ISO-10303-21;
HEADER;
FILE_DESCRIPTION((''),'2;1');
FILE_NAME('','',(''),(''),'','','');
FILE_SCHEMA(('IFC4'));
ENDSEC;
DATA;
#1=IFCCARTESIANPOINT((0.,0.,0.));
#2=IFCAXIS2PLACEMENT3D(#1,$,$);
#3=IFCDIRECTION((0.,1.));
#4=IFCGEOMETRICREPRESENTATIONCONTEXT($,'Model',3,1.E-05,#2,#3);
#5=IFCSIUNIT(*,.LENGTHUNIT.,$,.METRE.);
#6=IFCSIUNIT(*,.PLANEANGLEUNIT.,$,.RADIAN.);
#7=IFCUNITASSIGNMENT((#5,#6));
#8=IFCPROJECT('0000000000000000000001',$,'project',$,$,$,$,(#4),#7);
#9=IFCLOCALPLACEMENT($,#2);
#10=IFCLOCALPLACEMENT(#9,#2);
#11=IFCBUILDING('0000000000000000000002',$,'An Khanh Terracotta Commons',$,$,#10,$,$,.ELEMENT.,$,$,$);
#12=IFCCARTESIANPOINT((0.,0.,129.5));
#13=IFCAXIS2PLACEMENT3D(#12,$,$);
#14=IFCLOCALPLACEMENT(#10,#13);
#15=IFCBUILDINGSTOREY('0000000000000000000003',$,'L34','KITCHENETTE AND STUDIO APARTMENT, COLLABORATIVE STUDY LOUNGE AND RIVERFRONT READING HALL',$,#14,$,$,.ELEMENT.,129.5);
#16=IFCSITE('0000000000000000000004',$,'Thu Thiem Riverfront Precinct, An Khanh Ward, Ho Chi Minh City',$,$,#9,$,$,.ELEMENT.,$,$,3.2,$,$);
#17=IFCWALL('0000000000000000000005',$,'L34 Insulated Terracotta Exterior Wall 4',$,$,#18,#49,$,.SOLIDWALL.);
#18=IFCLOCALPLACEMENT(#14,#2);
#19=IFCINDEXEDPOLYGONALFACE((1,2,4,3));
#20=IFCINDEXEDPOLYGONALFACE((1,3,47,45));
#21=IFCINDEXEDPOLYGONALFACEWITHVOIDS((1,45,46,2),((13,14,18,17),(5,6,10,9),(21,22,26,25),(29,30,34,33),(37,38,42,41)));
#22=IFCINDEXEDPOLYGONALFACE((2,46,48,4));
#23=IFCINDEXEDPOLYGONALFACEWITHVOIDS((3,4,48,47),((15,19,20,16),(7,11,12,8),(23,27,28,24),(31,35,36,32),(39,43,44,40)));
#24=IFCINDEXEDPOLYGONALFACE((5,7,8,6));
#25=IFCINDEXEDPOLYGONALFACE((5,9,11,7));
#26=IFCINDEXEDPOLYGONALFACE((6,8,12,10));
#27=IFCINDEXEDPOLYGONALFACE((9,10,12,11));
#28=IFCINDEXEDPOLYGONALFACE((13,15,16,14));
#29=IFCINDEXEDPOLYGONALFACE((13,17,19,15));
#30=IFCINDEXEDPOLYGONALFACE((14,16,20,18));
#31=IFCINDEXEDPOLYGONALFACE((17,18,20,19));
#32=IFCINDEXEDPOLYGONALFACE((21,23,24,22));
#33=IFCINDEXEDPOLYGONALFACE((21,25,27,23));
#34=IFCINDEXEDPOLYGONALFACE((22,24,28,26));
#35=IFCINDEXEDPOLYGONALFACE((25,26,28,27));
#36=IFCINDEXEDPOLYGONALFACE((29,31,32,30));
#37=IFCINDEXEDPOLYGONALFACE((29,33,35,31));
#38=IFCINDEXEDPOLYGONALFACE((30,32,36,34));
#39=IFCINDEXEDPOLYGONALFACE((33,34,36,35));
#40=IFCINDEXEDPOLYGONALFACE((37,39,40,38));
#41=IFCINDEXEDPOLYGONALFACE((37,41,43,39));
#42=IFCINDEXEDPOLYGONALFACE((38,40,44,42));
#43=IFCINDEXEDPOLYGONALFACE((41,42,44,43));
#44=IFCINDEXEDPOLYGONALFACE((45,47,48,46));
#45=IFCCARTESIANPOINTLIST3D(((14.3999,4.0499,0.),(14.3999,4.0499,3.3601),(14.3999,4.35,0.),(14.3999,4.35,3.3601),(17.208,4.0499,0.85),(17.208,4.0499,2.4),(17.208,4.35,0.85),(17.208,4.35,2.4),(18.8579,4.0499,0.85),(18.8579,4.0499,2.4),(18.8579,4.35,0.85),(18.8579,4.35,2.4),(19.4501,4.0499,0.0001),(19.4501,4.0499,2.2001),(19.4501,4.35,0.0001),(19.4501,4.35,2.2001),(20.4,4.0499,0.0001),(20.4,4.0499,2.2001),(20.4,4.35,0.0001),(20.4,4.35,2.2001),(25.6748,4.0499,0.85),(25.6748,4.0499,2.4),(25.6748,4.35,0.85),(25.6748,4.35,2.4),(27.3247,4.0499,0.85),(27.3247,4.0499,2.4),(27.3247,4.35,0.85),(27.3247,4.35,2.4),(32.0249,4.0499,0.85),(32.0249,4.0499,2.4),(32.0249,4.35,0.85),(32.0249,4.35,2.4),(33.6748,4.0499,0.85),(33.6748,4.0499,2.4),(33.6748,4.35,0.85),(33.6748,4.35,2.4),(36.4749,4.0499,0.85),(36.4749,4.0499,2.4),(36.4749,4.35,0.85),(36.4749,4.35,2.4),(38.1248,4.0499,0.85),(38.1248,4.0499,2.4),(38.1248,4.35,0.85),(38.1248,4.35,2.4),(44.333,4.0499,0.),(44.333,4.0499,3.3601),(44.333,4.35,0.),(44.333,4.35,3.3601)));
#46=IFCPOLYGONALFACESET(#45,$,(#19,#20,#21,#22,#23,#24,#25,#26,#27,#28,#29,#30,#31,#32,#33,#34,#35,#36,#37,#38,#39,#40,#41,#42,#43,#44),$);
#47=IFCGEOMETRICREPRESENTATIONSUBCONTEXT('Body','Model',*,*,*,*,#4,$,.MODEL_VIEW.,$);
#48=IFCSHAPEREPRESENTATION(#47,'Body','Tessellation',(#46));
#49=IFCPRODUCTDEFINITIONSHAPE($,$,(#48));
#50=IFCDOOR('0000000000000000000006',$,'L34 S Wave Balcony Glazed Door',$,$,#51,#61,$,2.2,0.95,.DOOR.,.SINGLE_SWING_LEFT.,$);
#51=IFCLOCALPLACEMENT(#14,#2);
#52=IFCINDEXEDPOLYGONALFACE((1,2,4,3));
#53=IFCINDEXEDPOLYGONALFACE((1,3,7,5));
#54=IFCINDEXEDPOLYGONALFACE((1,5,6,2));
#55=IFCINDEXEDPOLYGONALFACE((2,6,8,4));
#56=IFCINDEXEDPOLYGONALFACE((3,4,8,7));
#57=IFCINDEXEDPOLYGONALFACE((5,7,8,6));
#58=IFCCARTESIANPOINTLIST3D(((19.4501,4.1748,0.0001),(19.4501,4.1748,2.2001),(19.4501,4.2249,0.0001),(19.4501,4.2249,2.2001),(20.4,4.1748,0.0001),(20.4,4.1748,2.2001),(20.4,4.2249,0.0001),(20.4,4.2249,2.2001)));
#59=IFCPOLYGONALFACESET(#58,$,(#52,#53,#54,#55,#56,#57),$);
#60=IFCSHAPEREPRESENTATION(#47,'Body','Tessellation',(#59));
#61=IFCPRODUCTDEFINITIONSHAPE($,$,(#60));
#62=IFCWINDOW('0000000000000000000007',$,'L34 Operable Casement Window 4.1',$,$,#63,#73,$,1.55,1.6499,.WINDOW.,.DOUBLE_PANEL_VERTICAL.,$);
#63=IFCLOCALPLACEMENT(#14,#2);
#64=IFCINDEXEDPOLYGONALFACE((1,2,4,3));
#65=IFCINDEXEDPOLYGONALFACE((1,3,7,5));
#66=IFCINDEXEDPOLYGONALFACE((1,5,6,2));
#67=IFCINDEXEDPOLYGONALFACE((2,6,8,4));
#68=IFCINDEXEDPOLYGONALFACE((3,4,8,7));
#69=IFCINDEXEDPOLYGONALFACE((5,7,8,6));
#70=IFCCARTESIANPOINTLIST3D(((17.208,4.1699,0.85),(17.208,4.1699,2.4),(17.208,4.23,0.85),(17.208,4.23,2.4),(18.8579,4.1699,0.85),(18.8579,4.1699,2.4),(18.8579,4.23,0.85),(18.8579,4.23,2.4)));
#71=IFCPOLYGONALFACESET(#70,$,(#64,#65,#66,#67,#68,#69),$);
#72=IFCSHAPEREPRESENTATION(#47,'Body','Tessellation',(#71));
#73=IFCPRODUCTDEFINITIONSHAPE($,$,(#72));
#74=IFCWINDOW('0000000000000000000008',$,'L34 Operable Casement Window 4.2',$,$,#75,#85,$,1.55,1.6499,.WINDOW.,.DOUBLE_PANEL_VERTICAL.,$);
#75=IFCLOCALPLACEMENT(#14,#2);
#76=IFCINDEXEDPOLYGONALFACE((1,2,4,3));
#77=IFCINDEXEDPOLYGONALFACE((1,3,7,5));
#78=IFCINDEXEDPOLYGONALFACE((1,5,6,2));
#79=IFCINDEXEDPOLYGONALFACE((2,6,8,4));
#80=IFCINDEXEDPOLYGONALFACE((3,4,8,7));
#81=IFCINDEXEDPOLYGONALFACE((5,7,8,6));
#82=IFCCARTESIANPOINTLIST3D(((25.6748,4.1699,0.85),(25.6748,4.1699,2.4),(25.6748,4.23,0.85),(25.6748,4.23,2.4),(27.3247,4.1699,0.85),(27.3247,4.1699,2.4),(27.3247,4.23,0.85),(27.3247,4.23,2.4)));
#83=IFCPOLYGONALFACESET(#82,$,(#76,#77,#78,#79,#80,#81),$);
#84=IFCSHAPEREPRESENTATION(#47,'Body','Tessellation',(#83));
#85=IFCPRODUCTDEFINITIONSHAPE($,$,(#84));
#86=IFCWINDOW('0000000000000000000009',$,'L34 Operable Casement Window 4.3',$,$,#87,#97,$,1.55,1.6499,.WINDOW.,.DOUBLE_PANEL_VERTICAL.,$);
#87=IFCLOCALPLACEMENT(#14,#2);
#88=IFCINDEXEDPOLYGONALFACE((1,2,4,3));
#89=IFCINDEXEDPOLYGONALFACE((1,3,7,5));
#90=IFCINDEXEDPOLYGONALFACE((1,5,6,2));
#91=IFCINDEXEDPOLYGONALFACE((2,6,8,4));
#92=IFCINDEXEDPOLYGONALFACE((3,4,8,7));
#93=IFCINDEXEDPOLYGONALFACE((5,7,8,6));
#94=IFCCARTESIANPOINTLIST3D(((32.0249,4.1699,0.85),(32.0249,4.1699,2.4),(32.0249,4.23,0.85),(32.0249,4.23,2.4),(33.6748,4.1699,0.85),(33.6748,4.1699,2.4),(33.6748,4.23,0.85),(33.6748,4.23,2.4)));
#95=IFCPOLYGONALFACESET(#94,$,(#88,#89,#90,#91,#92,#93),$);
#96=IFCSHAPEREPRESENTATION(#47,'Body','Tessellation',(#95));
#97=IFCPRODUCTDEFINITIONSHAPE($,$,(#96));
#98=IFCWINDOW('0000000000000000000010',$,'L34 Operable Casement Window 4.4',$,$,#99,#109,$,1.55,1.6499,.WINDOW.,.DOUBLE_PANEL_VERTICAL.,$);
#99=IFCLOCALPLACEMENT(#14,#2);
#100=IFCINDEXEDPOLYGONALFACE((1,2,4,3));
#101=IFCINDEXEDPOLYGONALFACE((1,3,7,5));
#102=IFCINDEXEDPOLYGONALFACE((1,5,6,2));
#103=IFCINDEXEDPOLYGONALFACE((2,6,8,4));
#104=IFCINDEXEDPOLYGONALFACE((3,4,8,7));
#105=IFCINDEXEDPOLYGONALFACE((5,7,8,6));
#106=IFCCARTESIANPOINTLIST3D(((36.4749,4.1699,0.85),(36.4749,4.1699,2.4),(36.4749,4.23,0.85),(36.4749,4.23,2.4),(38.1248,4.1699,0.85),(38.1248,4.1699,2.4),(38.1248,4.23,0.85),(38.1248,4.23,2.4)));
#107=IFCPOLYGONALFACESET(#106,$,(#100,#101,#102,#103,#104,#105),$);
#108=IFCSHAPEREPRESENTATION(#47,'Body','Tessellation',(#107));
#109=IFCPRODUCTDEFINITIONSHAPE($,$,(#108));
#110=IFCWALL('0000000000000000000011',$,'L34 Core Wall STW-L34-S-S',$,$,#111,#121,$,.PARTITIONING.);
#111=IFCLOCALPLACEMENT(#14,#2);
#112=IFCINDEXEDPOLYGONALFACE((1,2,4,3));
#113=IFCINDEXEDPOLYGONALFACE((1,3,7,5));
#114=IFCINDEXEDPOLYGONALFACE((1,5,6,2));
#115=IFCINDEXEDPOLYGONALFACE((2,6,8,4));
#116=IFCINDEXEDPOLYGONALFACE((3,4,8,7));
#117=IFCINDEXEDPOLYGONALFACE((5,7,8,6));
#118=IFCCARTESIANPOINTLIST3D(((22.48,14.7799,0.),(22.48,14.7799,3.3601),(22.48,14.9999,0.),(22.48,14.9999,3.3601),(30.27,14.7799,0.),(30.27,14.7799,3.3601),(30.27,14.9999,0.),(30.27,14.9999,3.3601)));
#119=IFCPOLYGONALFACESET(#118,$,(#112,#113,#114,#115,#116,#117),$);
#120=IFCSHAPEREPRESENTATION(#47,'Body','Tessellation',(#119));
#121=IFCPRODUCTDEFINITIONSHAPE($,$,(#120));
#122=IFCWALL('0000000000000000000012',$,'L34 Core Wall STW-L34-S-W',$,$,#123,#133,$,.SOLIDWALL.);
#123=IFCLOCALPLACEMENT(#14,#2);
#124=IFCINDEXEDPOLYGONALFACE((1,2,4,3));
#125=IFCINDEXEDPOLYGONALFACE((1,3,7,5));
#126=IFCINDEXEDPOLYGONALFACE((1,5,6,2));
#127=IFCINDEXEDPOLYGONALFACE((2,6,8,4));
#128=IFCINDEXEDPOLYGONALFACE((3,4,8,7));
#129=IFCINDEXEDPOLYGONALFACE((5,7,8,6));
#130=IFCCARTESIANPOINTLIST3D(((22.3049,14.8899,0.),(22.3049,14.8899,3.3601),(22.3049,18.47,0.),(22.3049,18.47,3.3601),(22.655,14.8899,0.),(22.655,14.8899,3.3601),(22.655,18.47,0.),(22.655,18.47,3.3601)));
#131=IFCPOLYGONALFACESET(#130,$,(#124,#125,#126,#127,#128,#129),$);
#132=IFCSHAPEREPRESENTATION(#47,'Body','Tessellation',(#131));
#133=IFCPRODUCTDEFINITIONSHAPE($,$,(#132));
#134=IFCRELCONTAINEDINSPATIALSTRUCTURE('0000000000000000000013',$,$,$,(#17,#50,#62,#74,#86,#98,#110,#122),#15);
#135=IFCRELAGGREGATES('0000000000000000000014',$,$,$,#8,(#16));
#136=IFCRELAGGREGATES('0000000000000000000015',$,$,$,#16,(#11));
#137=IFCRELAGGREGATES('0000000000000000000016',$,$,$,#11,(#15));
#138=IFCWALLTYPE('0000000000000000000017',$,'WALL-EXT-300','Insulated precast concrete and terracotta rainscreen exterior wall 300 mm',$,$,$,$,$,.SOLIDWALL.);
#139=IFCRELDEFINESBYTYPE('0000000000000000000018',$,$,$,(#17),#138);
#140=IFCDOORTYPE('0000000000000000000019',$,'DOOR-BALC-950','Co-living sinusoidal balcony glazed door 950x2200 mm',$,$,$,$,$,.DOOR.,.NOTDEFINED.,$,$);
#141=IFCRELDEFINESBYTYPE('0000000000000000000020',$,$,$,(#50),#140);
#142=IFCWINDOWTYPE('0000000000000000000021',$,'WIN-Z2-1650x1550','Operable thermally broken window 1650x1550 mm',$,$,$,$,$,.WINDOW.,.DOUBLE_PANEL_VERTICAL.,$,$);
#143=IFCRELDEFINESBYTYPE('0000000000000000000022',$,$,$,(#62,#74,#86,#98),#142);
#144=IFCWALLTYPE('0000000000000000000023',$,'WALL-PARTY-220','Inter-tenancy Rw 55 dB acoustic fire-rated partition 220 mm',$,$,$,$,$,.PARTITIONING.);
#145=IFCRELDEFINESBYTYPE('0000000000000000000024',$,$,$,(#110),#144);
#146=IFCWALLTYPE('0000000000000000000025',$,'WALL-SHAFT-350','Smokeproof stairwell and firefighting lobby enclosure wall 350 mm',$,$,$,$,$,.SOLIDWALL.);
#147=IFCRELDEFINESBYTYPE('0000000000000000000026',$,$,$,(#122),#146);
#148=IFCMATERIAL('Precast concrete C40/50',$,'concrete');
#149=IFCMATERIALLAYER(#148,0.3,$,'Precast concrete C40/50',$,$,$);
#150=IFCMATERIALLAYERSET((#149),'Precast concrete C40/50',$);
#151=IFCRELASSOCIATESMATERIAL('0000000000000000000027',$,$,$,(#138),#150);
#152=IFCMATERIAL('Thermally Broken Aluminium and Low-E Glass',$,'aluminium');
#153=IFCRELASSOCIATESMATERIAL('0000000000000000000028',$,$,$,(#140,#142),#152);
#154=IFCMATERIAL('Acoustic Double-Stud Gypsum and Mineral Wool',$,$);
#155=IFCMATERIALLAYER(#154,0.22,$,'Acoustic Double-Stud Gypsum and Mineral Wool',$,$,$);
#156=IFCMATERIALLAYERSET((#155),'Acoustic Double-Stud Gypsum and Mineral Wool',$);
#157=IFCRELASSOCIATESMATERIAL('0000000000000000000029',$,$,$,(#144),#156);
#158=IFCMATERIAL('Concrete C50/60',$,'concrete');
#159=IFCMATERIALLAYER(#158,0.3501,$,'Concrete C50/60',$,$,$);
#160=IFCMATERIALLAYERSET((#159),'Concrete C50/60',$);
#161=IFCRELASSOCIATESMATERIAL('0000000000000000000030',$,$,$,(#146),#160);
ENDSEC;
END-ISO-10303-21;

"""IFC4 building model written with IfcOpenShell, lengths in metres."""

from ifc_helpers import new_model, si_unit, direction, frame, frame_2d, origin, place, context, subcontext, project, spatial, rectangle, extrude, material, layer, layer_set, type_object, element, fill, save


model = new_model("IFC4")

# Units and contexts
model_context = context("Model", 3, precision=1e-05, world=origin(), true_north=direction((0.0, 1.0)))
body_context = subcontext(model_context, "Body", "Model", "MODEL_VIEW")
ifc_project = project(units=[si_unit("LENGTHUNIT", "METRE"), si_unit("PLANEANGLEUNIT", "RADIAN")], contexts=[model_context])

# Site, building, storey
site_placement = place(None, origin())
site = spatial("IfcSite", under=ifc_project, at=site_placement, Name="Thu Thiem Riverfront Precinct, An Khanh Ward, Ho Chi Minh City", CompositionType="ELEMENT", RefElevation=3.2)
building_placement = place(site_placement, origin())
building = spatial("IfcBuilding", under=site, at=building_placement, Name="An Khanh Terracotta Commons", CompositionType="ELEMENT")
storey_placement = place(building_placement, frame((0.0, 0.0, 129.5)))
storey = spatial("IfcBuildingStorey", under=building, at=storey_placement, Name="L34", Description="KITCHENETTE AND STUDIO APARTMENT, COLLABORATIVE STUDY LOUNGE AND RIVERFRONT READING HALL", CompositionType="ELEMENT", Elevation=129.5)

# Shared definitions
ifc_material_1 = material(Name="Precast concrete C40/50", Category="concrete")
ifc_layer_1 = layer(ifc_material_1, 0.3, Name="Precast concrete C40/50")
ifc_layer_set_1 = layer_set([ifc_layer_1], Name="Precast concrete C40/50")
wall_type_1 = type_object("IfcWallType", Name="WALL-EXT-300", Description="Insulated precast concrete and terracotta rainscreen exterior wall 300 mm", PredefinedType="SOLIDWALL", material=ifc_layer_set_1)

# Wall, openings, door, windows
wall_1_placement = place(storey_placement, frame((14.3999, 4.2, 0.0), z_axis=(0.0, 0.0, 1.0), x_axis=(1.0, 0.0, 0.0)))
wall_1 = element("IfcWall", 1, at=wall_1_placement, inside=storey, type_object=wall_type_1, Name="L34 Insulated Terracotta Exterior Wall 4", PredefinedType="SOLIDWALL", context=body_context, shape_type="SweptSolid", body=[
    extrude(rectangle(XDim=29.9331, YDim=0.3, at=frame_2d((14.9666, 0.0))), origin(), (0.0, 0.0, 1.0), 3.3601),
])
opening_1_placement = place(wall_1_placement, frame((5.05, 0.0, 0.0)))
opening_1 = element("IfcOpeningElement", 2, at=opening_1_placement, cuts=wall_1, PredefinedType="OPENING", context=body_context, shape_type="SweptSolid", body=[
    extrude(rectangle(XDim=0.95, YDim=2.2, at=frame_2d((0.4751, 1.1001))), frame((0.0, 0.1599, 0.0), z_axis=(0.0, -1.0, 0.0), x_axis=(1.0, 0.0, 0.0)), (0.0, 0.0, 1.0), 0.3201),
])
opening_2_placement = place(wall_1_placement, frame((2.8081, 0.0, 0.8501)))
opening_2 = element("IfcOpeningElement", 3, at=opening_2_placement, cuts=wall_1, PredefinedType="OPENING", context=body_context, shape_type="SweptSolid", body=[
    extrude(rectangle(XDim=1.6499, YDim=1.55, at=frame_2d((0.825, 0.7749))), frame((0.0, 0.1599, 0.0), z_axis=(0.0, -1.0, 0.0), x_axis=(1.0, 0.0, 0.0)), (0.0, 0.0, 1.0), 0.3201),
])
opening_3_placement = place(wall_1_placement, frame((11.2749, 0.0, 0.8501)))
opening_3 = element("IfcOpeningElement", 4, at=opening_3_placement, cuts=wall_1, PredefinedType="OPENING", context=body_context, shape_type="SweptSolid", body=[
    extrude(rectangle(XDim=1.6499, YDim=1.55, at=frame_2d((0.825, 0.7749))), frame((0.0, 0.1599, 0.0), z_axis=(0.0, -1.0, 0.0), x_axis=(1.0, 0.0, 0.0)), (0.0, 0.0, 1.0), 0.3201),
])
opening_4_placement = place(wall_1_placement, frame((17.625, 0.0, 0.8501)))
opening_4 = element("IfcOpeningElement", 5, at=opening_4_placement, cuts=wall_1, PredefinedType="OPENING", context=body_context, shape_type="SweptSolid", body=[
    extrude(rectangle(XDim=1.6499, YDim=1.55, at=frame_2d((0.825, 0.7749))), frame((0.0, 0.1599, 0.0), z_axis=(0.0, -1.0, 0.0), x_axis=(1.0, 0.0, 0.0)), (0.0, 0.0, 1.0), 0.3201),
])
opening_5_placement = place(wall_1_placement, frame((22.075, 0.0, 0.8501)))
opening_5 = element("IfcOpeningElement", 6, at=opening_5_placement, cuts=wall_1, PredefinedType="OPENING", context=body_context, shape_type="SweptSolid", body=[
    extrude(rectangle(XDim=1.6499, YDim=1.55, at=frame_2d((0.825, 0.7749))), frame((0.0, 0.1599, 0.0), z_axis=(0.0, -1.0, 0.0), x_axis=(1.0, 0.0, 0.0)), (0.0, 0.0, 1.0), 0.3201),
])
ifc_material_2 = material(Name="Thermally Broken Aluminium and Low-E Glass", Category="aluminium")
door_type_1 = type_object("IfcDoorType", Name="DOOR-BALC-950", Description="Co-living sinusoidal balcony glazed door 950x2200 mm", OperationType="NOTDEFINED", PredefinedType="DOOR", material=ifc_material_2)
door_1_placement = place(opening_1_placement, origin())
door_1 = element("IfcDoor", 7, at=door_1_placement, inside=storey, type_object=door_type_1, Name="L34 S Wave Balcony Glazed Door", OperationType="SINGLE_SWING_LEFT", OverallHeight=2.2, OverallWidth=0.95, PredefinedType="DOOR", context=body_context, shape_type="SweptSolid", body=[
    extrude(rectangle(XDim=0.95, YDim=2.2, at=frame_2d((0.4751, 1.1001))), frame((0.0, 0.0249, 0.0), z_axis=(0.0, -1.0, 0.0), x_axis=(1.0, 0.0, 0.0)), (0.0, 0.0, 1.0), 0.05),
])
fill(opening_1, door_1)
window_type = type_object("IfcWindowType", Name="WIN-Z2-1650x1550", Description="Operable thermally broken window 1650x1550 mm", PartitioningType="DOUBLE_PANEL_VERTICAL", PredefinedType="WINDOW", material=ifc_material_2)
window_1_placement = place(opening_2_placement, origin())
window_1 = element("IfcWindow", 8, at=window_1_placement, inside=storey, type_object=window_type, Name="L34 Operable Casement Window 4.1", OverallHeight=1.55, OverallWidth=1.6499, PartitioningType="DOUBLE_PANEL_VERTICAL", PredefinedType="WINDOW", context=body_context, shape_type="SweptSolid", body=[
    extrude(rectangle(XDim=1.6499, YDim=1.55, at=frame_2d((0.825, 0.7749))), frame((0.0, 0.03, 0.0), z_axis=(0.0, -1.0, 0.0), x_axis=(1.0, 0.0, 0.0)), (0.0, 0.0, 1.0), 0.0601),
])
fill(opening_2, window_1)
window_2_placement = place(opening_3_placement, origin())
window_2 = element("IfcWindow", 9, at=window_2_placement, inside=storey, type_object=window_type, Name="L34 Operable Casement Window 4.2", OverallHeight=1.55, OverallWidth=1.6499, PartitioningType="DOUBLE_PANEL_VERTICAL", PredefinedType="WINDOW", context=body_context, shape_type="SweptSolid", body=[
    extrude(rectangle(XDim=1.6499, YDim=1.55, at=frame_2d((0.825, 0.7749))), frame((0.0, 0.03, 0.0), z_axis=(0.0, -1.0, 0.0), x_axis=(1.0, 0.0, 0.0)), (0.0, 0.0, 1.0), 0.0601),
])
fill(opening_3, window_2)
window_3_placement = place(opening_4_placement, origin())
window_3 = element("IfcWindow", 10, at=window_3_placement, inside=storey, type_object=window_type, Name="L34 Operable Casement Window 4.3", OverallHeight=1.55, OverallWidth=1.6499, PartitioningType="DOUBLE_PANEL_VERTICAL", PredefinedType="WINDOW", context=body_context, shape_type="SweptSolid", body=[
    extrude(rectangle(XDim=1.6499, YDim=1.55, at=frame_2d((0.825, 0.7749))), frame((0.0, 0.03, 0.0), z_axis=(0.0, -1.0, 0.0), x_axis=(1.0, 0.0, 0.0)), (0.0, 0.0, 1.0), 0.0601),
])
fill(opening_4, window_3)
window_4_placement = place(opening_5_placement, origin())
window_4 = element("IfcWindow", 11, at=window_4_placement, inside=storey, type_object=window_type, Name="L34 Operable Casement Window 4.4", OverallHeight=1.55, OverallWidth=1.6499, PartitioningType="DOUBLE_PANEL_VERTICAL", PredefinedType="WINDOW", context=body_context, shape_type="SweptSolid", body=[
    extrude(rectangle(XDim=1.6499, YDim=1.55, at=frame_2d((0.825, 0.7749))), frame((0.0, 0.03, 0.0), z_axis=(0.0, -1.0, 0.0), x_axis=(1.0, 0.0, 0.0)), (0.0, 0.0, 1.0), 0.0601),
])
fill(opening_5, window_4)

# Walls
ifc_material_3 = material(Name="Acoustic Double-Stud Gypsum and Mineral Wool")
ifc_layer_2 = layer(ifc_material_3, 0.22, Name="Acoustic Double-Stud Gypsum and Mineral Wool")
ifc_layer_set_2 = layer_set([ifc_layer_2], Name="Acoustic Double-Stud Gypsum and Mineral Wool")
wall_type_2 = type_object("IfcWallType", Name="WALL-PARTY-220", Description="Inter-tenancy Rw 55 dB acoustic fire-rated partition 220 mm", PredefinedType="PARTITIONING", material=ifc_layer_set_2)
wall_2_placement = place(storey_placement, frame((22.48, 14.8899, 0.0), z_axis=(0.0, 0.0, 1.0), x_axis=(1.0, 0.0, 0.0)))
element("IfcWall", 12, at=wall_2_placement, inside=storey, type_object=wall_type_2, Name="L34 Core Wall STW-L34-S-S", PredefinedType="PARTITIONING", context=body_context, shape_type="SweptSolid", body=[
    extrude(rectangle(XDim=7.79, YDim=0.22, at=frame_2d((3.895, 0.0))), origin(), (0.0, 0.0, 1.0), 3.3601),
])
ifc_material_4 = material(Name="Concrete C50/60", Category="concrete")
ifc_layer_3 = layer(ifc_material_4, 0.3501, Name="Concrete C50/60")
ifc_layer_set_3 = layer_set([ifc_layer_3], Name="Concrete C50/60")
wall_type_3 = type_object("IfcWallType", Name="WALL-SHAFT-350", Description="Smokeproof stairwell and firefighting lobby enclosure wall 350 mm", PredefinedType="SOLIDWALL", material=ifc_layer_set_3)
wall_3_placement = place(storey_placement, frame((22.48, 14.8899, 0.0), z_axis=(0.0, 0.0, 1.0), x_axis=(0.0, 1.0, 0.0)))
element("IfcWall", 13, at=wall_3_placement, inside=storey, type_object=wall_type_3, Name="L34 Core Wall STW-L34-S-W", PredefinedType="SOLIDWALL", context=body_context, shape_type="SweptSolid", body=[
    extrude(rectangle(XDim=3.5801, YDim=0.3501, at=frame_2d((1.79, 0.0))), origin(), (0.0, 0.0, 1.0), 3.3601),
])

save(model, "model.ifc")
